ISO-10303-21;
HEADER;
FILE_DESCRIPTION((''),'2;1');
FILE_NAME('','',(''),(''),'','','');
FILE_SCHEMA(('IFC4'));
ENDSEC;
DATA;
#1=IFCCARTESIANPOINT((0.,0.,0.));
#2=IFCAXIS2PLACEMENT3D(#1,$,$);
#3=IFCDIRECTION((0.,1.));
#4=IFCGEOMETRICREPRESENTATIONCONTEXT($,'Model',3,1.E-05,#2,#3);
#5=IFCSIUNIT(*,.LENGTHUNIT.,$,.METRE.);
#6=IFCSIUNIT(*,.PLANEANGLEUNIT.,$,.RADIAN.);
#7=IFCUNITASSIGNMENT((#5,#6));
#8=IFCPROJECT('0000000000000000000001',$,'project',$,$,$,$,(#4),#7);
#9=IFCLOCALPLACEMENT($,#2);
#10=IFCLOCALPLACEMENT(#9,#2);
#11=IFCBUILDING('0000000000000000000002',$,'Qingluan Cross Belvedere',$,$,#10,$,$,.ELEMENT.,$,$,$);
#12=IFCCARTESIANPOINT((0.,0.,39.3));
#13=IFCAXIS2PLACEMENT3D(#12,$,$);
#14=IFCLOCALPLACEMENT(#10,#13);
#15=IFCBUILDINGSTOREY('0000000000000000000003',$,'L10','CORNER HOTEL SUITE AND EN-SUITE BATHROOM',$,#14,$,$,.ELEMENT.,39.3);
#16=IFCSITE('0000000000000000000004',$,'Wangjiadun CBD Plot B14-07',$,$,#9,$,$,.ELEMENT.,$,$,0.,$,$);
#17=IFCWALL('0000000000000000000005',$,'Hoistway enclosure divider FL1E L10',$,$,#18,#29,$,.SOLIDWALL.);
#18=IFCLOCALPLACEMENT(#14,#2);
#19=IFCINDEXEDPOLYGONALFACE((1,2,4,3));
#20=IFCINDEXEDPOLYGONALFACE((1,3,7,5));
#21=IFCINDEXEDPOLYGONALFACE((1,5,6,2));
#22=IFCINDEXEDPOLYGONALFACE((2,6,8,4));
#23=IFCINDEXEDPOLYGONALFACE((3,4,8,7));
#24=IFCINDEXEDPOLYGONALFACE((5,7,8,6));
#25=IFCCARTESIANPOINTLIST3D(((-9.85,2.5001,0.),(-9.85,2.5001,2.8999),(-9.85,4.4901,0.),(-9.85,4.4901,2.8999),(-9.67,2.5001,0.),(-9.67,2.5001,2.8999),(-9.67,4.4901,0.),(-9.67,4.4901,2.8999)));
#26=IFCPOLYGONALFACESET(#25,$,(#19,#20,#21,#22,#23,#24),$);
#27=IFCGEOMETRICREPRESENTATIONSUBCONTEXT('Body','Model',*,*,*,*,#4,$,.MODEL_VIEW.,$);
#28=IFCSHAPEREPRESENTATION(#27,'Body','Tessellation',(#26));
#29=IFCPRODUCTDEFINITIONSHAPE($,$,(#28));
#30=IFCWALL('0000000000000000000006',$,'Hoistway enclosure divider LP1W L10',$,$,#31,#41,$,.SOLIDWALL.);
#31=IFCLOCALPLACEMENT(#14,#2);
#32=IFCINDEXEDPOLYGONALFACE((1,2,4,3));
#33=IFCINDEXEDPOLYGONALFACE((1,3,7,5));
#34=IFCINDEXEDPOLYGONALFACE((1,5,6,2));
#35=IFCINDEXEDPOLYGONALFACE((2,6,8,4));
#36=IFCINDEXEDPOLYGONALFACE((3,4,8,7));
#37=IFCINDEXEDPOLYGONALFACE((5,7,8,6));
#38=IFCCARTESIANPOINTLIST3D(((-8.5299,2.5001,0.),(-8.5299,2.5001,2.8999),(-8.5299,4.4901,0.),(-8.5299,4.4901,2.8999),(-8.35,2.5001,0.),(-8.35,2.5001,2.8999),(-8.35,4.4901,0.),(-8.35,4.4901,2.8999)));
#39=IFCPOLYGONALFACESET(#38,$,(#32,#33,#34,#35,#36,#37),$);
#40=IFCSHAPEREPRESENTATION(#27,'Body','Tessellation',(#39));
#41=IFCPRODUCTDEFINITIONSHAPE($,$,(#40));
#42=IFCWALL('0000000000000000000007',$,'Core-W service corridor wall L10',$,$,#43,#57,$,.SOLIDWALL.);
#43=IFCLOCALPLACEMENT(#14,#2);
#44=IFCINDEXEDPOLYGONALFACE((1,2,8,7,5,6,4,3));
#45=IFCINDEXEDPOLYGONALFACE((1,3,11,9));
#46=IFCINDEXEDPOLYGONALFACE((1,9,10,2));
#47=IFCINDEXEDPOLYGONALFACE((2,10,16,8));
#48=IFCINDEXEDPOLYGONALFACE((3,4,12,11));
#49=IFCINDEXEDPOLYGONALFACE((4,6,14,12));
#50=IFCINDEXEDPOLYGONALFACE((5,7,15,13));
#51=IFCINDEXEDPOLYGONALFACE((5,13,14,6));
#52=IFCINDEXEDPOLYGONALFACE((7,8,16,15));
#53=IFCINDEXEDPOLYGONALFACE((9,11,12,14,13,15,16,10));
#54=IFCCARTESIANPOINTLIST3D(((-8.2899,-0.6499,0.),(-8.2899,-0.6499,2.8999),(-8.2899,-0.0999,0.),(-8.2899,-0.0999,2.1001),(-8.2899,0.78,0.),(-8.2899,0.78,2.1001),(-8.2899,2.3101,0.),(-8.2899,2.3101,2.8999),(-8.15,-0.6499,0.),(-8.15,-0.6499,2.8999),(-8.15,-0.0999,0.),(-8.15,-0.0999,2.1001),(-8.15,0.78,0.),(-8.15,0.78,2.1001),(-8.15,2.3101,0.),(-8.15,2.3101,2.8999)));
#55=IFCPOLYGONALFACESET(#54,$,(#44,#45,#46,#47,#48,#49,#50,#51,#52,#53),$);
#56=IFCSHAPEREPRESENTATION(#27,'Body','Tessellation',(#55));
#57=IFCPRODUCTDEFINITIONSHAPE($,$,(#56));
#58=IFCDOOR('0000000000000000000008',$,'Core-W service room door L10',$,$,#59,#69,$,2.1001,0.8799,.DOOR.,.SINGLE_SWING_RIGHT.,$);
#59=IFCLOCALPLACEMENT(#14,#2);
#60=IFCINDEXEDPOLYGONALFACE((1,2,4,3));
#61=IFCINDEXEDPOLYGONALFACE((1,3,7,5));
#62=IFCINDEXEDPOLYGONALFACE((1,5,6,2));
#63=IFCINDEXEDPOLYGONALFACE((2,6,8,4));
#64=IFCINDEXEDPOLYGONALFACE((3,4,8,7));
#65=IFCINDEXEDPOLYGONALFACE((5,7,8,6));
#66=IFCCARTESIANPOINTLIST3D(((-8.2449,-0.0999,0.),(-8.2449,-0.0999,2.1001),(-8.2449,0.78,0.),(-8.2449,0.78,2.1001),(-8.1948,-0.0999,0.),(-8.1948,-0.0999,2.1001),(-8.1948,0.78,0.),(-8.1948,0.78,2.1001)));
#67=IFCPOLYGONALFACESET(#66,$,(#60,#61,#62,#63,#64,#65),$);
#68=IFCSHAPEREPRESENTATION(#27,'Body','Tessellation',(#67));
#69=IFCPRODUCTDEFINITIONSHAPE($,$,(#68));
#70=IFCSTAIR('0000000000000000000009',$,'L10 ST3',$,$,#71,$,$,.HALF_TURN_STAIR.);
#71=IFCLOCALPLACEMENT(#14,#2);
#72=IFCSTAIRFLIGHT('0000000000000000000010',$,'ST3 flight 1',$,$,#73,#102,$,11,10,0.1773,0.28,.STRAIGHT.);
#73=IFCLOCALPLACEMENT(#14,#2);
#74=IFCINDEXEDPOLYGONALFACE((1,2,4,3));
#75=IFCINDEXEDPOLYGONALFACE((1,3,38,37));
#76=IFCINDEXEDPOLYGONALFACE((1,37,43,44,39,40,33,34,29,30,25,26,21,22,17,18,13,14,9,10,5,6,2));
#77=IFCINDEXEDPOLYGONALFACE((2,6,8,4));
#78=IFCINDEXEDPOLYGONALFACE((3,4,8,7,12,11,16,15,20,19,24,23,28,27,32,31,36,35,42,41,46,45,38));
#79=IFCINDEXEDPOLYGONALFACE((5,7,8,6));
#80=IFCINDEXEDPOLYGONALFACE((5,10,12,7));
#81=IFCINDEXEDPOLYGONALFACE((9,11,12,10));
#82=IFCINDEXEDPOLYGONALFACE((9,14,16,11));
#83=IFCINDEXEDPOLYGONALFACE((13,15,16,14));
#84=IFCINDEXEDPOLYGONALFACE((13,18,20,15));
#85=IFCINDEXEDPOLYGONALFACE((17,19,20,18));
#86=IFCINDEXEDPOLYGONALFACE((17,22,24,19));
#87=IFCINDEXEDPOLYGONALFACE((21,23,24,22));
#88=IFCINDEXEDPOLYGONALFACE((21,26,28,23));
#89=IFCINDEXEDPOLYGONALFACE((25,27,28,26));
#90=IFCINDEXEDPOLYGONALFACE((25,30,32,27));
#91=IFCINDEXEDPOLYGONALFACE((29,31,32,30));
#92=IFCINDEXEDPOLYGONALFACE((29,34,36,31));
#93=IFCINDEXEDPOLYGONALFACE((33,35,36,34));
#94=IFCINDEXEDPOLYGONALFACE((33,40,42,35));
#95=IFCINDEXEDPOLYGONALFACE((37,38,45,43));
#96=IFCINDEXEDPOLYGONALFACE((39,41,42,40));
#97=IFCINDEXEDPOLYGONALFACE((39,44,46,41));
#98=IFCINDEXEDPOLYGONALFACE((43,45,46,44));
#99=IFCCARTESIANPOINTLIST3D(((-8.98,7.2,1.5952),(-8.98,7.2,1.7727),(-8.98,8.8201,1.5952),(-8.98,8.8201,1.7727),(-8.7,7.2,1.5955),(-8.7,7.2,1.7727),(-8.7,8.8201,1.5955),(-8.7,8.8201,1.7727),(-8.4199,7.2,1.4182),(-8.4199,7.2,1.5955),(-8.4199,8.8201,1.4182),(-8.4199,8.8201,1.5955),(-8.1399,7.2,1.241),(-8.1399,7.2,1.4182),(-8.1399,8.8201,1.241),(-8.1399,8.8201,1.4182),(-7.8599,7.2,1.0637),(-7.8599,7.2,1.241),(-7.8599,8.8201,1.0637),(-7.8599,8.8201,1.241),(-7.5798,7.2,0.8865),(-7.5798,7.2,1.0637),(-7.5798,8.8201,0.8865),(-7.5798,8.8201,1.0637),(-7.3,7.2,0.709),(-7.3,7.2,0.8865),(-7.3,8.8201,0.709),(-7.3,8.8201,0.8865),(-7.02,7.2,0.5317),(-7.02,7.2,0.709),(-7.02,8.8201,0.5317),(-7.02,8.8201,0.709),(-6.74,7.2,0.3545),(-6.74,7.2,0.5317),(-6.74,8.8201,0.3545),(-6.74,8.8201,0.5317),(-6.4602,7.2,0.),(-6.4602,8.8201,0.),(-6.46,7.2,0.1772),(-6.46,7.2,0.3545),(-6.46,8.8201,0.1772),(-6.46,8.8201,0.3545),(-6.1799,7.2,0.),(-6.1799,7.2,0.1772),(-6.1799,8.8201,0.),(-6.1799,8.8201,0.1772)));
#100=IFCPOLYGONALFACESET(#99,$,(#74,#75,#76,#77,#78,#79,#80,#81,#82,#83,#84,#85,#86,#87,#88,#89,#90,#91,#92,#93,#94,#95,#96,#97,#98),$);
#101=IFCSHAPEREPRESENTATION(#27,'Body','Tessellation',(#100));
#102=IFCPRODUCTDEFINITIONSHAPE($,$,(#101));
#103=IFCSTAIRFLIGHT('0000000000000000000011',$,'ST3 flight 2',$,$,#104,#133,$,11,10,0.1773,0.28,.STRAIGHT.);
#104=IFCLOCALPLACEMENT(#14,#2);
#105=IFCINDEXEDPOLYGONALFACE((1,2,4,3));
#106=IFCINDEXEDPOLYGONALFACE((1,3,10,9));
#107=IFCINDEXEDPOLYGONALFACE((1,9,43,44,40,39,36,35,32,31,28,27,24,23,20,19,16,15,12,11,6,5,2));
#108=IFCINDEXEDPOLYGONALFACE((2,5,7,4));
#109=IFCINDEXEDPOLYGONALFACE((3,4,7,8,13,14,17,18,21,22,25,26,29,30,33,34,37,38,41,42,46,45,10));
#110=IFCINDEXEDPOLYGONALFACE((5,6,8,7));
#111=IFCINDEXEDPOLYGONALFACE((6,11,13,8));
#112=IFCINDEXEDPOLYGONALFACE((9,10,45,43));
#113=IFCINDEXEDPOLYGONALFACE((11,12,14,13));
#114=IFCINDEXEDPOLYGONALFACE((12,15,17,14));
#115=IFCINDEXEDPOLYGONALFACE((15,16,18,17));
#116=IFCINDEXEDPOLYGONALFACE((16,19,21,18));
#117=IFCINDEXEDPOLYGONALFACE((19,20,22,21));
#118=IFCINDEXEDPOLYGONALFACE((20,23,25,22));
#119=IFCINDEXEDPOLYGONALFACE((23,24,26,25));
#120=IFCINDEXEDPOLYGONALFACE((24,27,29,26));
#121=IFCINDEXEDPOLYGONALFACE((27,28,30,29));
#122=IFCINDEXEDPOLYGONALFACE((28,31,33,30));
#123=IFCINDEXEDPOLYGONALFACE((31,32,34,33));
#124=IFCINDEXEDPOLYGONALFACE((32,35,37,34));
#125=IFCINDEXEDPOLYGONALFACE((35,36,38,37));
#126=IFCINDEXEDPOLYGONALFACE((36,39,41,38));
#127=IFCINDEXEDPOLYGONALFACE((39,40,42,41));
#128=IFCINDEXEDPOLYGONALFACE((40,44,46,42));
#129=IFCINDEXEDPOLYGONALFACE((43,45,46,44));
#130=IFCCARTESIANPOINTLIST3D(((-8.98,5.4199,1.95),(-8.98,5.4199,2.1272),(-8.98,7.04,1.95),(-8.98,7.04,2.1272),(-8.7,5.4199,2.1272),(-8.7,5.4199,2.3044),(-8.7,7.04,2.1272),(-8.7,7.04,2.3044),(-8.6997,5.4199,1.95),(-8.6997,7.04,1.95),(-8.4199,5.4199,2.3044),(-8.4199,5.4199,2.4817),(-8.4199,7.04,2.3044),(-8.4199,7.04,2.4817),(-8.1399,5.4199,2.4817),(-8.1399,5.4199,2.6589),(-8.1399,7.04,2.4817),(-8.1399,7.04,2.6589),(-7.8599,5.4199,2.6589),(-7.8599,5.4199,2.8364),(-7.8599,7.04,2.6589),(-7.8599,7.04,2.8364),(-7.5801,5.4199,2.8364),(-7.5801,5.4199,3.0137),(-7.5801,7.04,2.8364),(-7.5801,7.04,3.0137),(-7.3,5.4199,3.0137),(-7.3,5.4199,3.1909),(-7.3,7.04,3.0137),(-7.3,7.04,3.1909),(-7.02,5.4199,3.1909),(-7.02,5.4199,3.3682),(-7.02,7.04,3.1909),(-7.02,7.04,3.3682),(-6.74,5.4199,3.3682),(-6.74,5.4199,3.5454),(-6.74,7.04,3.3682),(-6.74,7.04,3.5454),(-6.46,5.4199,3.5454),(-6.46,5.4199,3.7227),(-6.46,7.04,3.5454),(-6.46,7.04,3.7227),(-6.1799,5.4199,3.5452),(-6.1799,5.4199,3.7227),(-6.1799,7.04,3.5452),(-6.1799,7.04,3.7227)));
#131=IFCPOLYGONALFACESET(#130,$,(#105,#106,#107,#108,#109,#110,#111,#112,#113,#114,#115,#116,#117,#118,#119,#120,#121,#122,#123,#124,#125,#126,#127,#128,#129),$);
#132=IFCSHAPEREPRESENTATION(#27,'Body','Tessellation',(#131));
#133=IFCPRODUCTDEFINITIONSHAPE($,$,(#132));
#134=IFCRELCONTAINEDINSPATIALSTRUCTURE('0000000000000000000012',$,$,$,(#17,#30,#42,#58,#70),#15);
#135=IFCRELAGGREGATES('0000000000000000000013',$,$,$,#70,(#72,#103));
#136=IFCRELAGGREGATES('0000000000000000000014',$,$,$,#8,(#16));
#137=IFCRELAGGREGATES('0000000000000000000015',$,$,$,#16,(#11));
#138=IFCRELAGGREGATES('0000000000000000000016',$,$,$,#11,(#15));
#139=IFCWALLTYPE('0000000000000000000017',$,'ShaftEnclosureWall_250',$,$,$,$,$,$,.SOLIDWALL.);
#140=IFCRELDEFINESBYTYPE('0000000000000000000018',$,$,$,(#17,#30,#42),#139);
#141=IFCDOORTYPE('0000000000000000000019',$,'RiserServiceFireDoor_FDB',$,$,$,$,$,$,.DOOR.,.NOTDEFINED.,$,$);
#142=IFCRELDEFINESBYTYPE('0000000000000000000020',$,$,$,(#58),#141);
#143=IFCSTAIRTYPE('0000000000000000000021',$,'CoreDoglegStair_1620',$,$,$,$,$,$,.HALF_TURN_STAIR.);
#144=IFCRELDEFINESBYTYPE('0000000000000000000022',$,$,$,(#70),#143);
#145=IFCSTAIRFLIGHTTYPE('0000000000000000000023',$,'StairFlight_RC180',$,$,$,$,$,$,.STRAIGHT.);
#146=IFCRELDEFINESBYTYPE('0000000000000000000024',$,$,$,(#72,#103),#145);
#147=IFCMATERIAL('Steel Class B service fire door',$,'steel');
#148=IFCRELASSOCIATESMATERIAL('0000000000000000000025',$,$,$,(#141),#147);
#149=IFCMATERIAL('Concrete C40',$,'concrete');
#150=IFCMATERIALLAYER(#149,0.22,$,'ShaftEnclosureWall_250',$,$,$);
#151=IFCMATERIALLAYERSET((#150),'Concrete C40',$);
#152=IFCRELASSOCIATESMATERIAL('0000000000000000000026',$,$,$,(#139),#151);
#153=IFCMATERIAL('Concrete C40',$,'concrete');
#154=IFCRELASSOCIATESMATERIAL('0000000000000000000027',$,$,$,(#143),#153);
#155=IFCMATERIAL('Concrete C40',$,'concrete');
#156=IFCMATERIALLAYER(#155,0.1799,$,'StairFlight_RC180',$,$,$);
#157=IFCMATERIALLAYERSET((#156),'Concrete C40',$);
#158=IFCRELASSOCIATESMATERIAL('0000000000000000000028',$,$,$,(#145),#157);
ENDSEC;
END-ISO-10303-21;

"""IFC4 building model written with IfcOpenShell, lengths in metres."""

from ifc_helpers import new_model, si_unit, direction, frame, frame_2d, origin, place, context, subcontext, project, spatial, polyline, rectangle, outline, extrude, material, layer, layer_set, type_object, element, fill, aggregate, save


model = new_model("IFC4")

# Units and contexts
model_context = context("Model", 3, precision=1e-05, world=origin(), true_north=direction((0.0, 1.0)))
body_context = subcontext(model_context, "Body", "Model", "MODEL_VIEW")
ifc_project = project(units=[si_unit("LENGTHUNIT", "METRE"), si_unit("PLANEANGLEUNIT", "RADIAN")], contexts=[model_context])

# Site, building, storey
site_placement = place(None, origin())
site = spatial("IfcSite", under=ifc_project, at=site_placement, Name="Wangjiadun CBD Plot B14-07", CompositionType="ELEMENT", RefElevation=0.0)
building_placement = place(site_placement, origin())
building = spatial("IfcBuilding", under=site, at=building_placement, Name="Qingluan Cross Belvedere", CompositionType="ELEMENT")
storey_placement = place(building_placement, frame((0.0, 0.0, 39.3)))
storey = spatial("IfcBuildingStorey", under=building, at=storey_placement, Name="L10", Description="CORNER HOTEL SUITE AND EN-SUITE BATHROOM", CompositionType="ELEMENT", Elevation=39.3)

# Shared definitions
ifc_material_1 = material(Name="Steel Class B service fire door", Category="steel")
door_type_1 = type_object("IfcDoorType", Name="RiserServiceFireDoor_FDB", OperationType="NOTDEFINED", PredefinedType="DOOR", material=ifc_material_1)

# Shared definitions
ifc_material_2 = material(Name="Concrete C40", Category="concrete")
ifc_layer_1 = layer(ifc_material_2, 0.22, Name="ShaftEnclosureWall_250")
ifc_layer_set_1 = layer_set([ifc_layer_1], Name="Concrete C40")
wall_type_1 = type_object("IfcWallType", Name="ShaftEnclosureWall_250", PredefinedType="SOLIDWALL", material=ifc_layer_set_1)

# Walls
for number, where, z_axis, x_axis, name in (
    (1, (-9.76, 2.5, 0.0), (0.0, 0.0, 1.0), (0.0, 1.0, 0.0), "Hoistway enclosure divider FL1E L10"),
    (2, (-8.4399, 2.5, 0.0), (0.0, 0.0, 1.0), (0.0, 1.0, 0.0), "Hoistway enclosure divider LP1W L10"),
):
    element("IfcWall", number, at=place(storey_placement, frame(where, z_axis=z_axis, x_axis=x_axis)), inside=storey, type_object=wall_type_1, Name=name, PredefinedType="SOLIDWALL", context=body_context, shape_type="SweptSolid", body=[
        extrude(rectangle(XDim=1.99, YDim=0.1799, at=frame_2d((0.9951, 0.0))), origin(), (0.0, 0.0, 1.0), 2.8999),
    ])

# Wall, opening, door
wall_1_placement = place(storey_placement, frame((-8.22, -0.6499, 0.0), z_axis=(0.0, 0.0, 1.0), x_axis=(0.0, 1.0, 0.0)))
wall_1 = element("IfcWall", 3, at=wall_1_placement, inside=storey, type_object=wall_type_1, Name="Core-W service corridor wall L10", PredefinedType="SOLIDWALL", context=body_context, shape_type="SweptSolid", body=[
    extrude(rectangle(XDim=2.96, YDim=0.1399, at=frame_2d((1.48, 0.0))), origin(), (0.0, 0.0, 1.0), 2.8999),
])
opening_1_placement = place(wall_1_placement, frame((0.55, 0.0, 0.0)))
opening_1 = element("IfcOpeningElement", 4, at=opening_1_placement, cuts=wall_1, PredefinedType="OPENING", context=body_context, shape_type="SweptSolid", body=[
    extrude(rectangle(XDim=0.8799, YDim=2.1001, at=frame_2d((0.4399, 1.05))), frame((0.0, 0.0798, 0.0), z_axis=(0.0, -1.0, 0.0), x_axis=(1.0, 0.0, 0.0)), (0.0, 0.0, 1.0), 0.1599),
])
door_1_placement = place(opening_1_placement, origin())
door_1 = element("IfcDoor", 5, at=door_1_placement, inside=storey, type_object=door_type_1, Name="Core-W service room door L10", OperationType="SINGLE_SWING_RIGHT", OverallHeight=2.1001, OverallWidth=0.8799, PredefinedType="DOOR", context=body_context, shape_type="SweptSolid", body=[
    extrude(rectangle(XDim=0.8799, YDim=2.1001, at=frame_2d((0.4399, 1.05))), frame((0.0, 0.0249, 0.0), z_axis=(0.0, -1.0, 0.0), x_axis=(1.0, 0.0, 0.0)), (0.0, 0.0, 1.0), 0.05),
])
fill(opening_1, door_1)

# Stair, stair flights
ifc_material_3 = material(Name="Concrete C40", Category="concrete")
stair_type = type_object("IfcStairType", Name="CoreDoglegStair_1620", PredefinedType="HALF_TURN_STAIR", material=ifc_material_3)
stair_placement = place(storey_placement, origin())
stair = element("IfcStair", 6, at=stair_placement, inside=storey, type_object=stair_type, Name="L10 ST3", PredefinedType="HALF_TURN_STAIR")
ifc_material_4 = material(Name="Concrete C40", Category="concrete")
ifc_layer_2 = layer(ifc_material_4, 0.1799, Name="StairFlight_RC180")
ifc_layer_set_2 = layer_set([ifc_layer_2], Name="Concrete C40")
stair_flight_type = type_object("IfcStairFlightType", Name="StairFlight_RC180", PredefinedType="STRAIGHT", material=ifc_layer_set_2)
stair_flight_1_placement = place(storey_placement, frame((-6.1799, 8.01, 0.0), z_axis=(0.0, 0.0, 1.0), x_axis=(-1.0, 0.0, 0.0)))
stair_flight_1 = element("IfcStairFlight", 7, at=stair_flight_1_placement, type_object=stair_flight_type, Name="ST3 flight 1", NumberOfRisers=11, NumberOfTreads=10, PredefinedType="STRAIGHT", RiserHeight=0.1773, TreadLength=0.28, context=body_context, shape_type="SweptSolid", body=[
    extrude(outline(polyline([(0.0, 0.0), (0.0, 0.1772), (0.28, 0.1772), (0.28, 0.3545), (0.5601, 0.3545), (0.5601, 0.5317), (0.8401, 0.5317), (0.8401, 0.709), (1.1201, 0.709), (1.1201, 0.8865), (1.3999, 0.8865), (1.3999, 1.0637), (1.6799, 1.0637), (1.6799, 1.241), (1.96, 1.241), (1.96, 1.4182), (2.24, 1.4182), (2.24, 1.5955), (2.52, 1.5955), (2.52, 1.7727), (2.8, 1.7727), (2.8, 1.95), (2.8, 1.5952), (0.2803, 0.0), (0.0, 0.0)])), frame((0.0, 0.8101, 0.0), z_axis=(0.0, -1.0, 0.0), x_axis=(1.0, 0.0, 0.0)), (0.0, 0.0, 1.0), 1.6201),
])
stair_flight_2_placement = place(storey_placement, frame((-8.98, 6.23, 1.95), z_axis=(0.0, 0.0, 1.0), x_axis=(1.0, 0.0, 0.0)))
stair_flight_2 = element("IfcStairFlight", 8, at=stair_flight_2_placement, type_object=stair_flight_type, Name="ST3 flight 2", NumberOfRisers=11, NumberOfTreads=10, PredefinedType="STRAIGHT", RiserHeight=0.1773, TreadLength=0.28, context=body_context, shape_type="SweptSolid", body=[
    extrude(outline(polyline([(0.0, 0.0), (0.0, 0.1772), (0.28, 0.1772), (0.28, 0.3545), (0.5601, 0.3545), (0.5601, 0.5317), (0.8401, 0.5317), (0.8401, 0.709), (1.1201, 0.709), (1.1201, 0.8865), (1.3999, 0.8865), (1.3999, 1.0637), (1.6799, 1.0637), (1.6799, 1.241), (1.96, 1.241), (1.96, 1.4182), (2.24, 1.4182), (2.24, 1.5955), (2.52, 1.5955), (2.52, 1.7727), (2.8, 1.7727), (2.8, 1.95), (2.8, 1.5952), (0.2803, 0.0), (0.0, 0.0)])), frame((0.0, 0.8101, 0.0), z_axis=(0.0, -1.0, 0.0), x_axis=(1.0, 0.0, 0.0)), (0.0, 0.0, 1.0), 1.6201),
])
aggregate(stair, [stair_flight_1, stair_flight_2])

save(model, "model.ifc")
